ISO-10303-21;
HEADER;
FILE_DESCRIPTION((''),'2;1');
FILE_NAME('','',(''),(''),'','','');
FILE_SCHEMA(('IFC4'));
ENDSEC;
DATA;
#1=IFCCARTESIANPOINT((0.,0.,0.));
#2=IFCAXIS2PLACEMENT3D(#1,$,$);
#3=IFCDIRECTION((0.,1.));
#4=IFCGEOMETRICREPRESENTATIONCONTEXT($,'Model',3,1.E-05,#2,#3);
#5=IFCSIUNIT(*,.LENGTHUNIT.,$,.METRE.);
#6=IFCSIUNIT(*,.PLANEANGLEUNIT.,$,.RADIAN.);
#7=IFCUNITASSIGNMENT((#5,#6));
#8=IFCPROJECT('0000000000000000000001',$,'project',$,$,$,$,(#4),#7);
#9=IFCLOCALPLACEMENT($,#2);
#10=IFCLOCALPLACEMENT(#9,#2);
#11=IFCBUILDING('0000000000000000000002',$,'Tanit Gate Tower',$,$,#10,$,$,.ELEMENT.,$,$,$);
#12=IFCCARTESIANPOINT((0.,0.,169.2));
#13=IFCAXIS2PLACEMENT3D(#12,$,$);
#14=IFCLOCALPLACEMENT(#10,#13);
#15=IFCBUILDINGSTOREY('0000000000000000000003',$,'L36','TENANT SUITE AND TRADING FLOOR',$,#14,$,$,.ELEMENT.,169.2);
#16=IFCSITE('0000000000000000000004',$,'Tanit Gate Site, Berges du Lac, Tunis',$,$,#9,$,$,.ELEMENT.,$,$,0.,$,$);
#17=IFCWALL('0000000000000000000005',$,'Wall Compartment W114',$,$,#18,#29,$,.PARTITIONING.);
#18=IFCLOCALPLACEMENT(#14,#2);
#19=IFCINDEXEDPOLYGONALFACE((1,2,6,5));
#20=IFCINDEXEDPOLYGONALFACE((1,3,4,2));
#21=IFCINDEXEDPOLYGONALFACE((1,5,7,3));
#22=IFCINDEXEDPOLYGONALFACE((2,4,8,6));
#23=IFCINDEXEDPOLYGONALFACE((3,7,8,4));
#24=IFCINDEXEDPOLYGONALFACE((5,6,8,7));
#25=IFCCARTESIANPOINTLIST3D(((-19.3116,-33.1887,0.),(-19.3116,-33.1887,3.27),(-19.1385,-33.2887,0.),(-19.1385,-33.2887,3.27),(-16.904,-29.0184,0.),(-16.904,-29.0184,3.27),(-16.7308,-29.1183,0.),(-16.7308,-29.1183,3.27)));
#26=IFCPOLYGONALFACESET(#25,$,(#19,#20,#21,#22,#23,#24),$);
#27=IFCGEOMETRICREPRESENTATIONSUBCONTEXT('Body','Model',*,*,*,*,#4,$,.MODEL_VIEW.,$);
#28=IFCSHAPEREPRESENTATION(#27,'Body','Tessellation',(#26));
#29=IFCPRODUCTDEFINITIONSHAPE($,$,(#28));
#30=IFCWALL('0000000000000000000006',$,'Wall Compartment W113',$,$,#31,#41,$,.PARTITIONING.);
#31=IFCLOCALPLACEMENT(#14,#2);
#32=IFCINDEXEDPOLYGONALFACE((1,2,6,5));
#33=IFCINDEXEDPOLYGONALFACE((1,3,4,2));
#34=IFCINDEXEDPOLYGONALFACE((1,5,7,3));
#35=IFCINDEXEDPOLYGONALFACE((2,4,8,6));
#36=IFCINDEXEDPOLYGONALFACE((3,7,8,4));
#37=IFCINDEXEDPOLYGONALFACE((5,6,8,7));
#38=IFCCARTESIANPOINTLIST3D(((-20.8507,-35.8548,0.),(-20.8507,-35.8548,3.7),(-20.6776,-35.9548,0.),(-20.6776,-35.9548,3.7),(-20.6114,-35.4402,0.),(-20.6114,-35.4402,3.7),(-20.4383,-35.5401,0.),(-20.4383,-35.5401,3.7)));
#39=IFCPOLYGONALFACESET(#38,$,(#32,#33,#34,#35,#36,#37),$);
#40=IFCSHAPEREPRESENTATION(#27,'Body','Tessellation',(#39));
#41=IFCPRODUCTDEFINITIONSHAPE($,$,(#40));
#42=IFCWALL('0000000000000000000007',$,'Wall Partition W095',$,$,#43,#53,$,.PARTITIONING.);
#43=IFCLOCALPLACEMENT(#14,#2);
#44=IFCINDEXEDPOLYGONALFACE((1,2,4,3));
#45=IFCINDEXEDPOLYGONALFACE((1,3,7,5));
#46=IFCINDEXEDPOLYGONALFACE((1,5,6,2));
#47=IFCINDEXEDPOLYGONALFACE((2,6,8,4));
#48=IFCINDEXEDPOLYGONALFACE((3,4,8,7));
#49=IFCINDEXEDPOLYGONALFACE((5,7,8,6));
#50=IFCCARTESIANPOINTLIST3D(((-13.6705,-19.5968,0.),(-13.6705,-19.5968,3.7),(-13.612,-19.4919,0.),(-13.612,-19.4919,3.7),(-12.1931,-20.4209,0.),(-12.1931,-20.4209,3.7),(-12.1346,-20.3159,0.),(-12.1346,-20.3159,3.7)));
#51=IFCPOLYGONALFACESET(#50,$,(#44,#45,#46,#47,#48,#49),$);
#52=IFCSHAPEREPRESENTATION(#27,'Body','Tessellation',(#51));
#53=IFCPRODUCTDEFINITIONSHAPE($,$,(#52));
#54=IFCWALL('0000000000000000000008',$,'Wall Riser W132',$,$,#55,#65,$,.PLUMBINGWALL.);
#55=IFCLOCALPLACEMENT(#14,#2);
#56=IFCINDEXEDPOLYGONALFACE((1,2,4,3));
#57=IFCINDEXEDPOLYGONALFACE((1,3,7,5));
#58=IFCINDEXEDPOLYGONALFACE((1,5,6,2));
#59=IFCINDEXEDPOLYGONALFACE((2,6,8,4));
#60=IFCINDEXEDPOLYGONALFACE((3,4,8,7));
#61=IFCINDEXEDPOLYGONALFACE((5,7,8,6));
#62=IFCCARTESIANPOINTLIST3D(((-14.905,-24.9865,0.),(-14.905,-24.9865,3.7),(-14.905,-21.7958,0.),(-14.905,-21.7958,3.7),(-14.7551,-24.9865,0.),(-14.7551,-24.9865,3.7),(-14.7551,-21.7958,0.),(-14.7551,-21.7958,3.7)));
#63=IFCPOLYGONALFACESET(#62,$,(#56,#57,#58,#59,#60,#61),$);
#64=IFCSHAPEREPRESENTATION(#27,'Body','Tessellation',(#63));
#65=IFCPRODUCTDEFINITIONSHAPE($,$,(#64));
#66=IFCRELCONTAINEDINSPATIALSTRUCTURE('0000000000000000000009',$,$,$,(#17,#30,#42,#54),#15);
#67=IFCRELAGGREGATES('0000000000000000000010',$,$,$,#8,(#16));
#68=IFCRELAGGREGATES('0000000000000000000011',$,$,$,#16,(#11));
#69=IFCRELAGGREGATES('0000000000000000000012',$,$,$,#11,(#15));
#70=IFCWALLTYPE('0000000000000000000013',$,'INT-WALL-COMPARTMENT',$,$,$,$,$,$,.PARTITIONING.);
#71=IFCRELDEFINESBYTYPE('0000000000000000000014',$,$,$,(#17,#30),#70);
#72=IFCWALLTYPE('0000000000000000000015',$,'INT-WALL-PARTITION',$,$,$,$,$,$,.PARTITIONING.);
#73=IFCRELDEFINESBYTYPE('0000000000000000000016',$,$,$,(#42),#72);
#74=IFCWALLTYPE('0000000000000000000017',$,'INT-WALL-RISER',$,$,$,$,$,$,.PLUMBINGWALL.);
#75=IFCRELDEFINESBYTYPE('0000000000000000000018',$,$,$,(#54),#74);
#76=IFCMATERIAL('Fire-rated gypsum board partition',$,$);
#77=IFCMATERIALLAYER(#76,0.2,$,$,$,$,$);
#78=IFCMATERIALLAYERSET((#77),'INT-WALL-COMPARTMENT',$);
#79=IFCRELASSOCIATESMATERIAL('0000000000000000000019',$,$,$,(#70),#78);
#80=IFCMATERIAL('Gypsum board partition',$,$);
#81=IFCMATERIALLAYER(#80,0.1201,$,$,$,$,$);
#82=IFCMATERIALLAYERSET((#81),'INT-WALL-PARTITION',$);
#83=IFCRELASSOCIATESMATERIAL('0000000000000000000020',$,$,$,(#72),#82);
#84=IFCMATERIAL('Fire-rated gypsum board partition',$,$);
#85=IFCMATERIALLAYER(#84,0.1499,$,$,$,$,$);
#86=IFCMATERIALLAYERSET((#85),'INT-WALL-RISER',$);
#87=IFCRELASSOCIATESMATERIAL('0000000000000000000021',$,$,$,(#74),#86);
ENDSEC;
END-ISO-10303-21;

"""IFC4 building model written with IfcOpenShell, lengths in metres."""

from ifc_helpers import new_model, si_unit, direction, frame, frame_2d, origin, place, context, subcontext, project, spatial, rectangle, extrude, material, layer, layer_set, type_object, element, save


model = new_model("IFC4")

# Units and contexts
model_context = context("Model", 3, precision=1e-05, world=origin(), true_north=direction((0.0, 1.0)))
body_context = subcontext(model_context, "Body", "Model", "MODEL_VIEW")
ifc_project = project(units=[si_unit("LENGTHUNIT", "METRE"), si_unit("PLANEANGLEUNIT", "RADIAN")], contexts=[model_context])

# Site, building, storey
site_placement = place(None, origin())
site = spatial("IfcSite", under=ifc_project, at=site_placement, Name="Tanit Gate Site, Berges du Lac, Tunis", CompositionType="ELEMENT", RefElevation=0.0)
building_placement = place(site_placement, origin())
building = spatial("IfcBuilding", under=site, at=building_placement, Name="Tanit Gate Tower", CompositionType="ELEMENT")
storey_placement = place(building_placement, frame((0.0, 0.0, 169.2)))
storey = spatial("IfcBuildingStorey", under=building, at=storey_placement, Name="L36", Description="TENANT SUITE AND TRADING FLOOR", CompositionType="ELEMENT", Elevation=169.2)

# Walls
ifc_material_1 = material(Name="Fire-rated gypsum board partition")
ifc_layer_1 = layer(ifc_material_1, 0.2)
ifc_layer_set_1 = layer_set([ifc_layer_1], Name="INT-WALL-COMPARTMENT")
wall_type_1 = type_object("IfcWallType", Name="INT-WALL-COMPARTMENT", PredefinedType="PARTITIONING", material=ifc_layer_set_1)
wall_1_placement = place(storey_placement, frame((-16.8174, -29.0684, 0.0), z_axis=(0.0, 0.0, 1.0), x_axis=(-0.499989, -0.866032, 0.0)))
element("IfcWall", 1, at=wall_1_placement, inside=storey, type_object=wall_type_1, Name="Wall Compartment W114", PredefinedType="PARTITIONING", context=body_context, shape_type="SweptSolid", body=[
    extrude(rectangle(XDim=4.8154, YDim=0.2, at=frame_2d((2.4077, 0.0))), origin(), (0.0, 0.0, 1.0), 3.27),
])
wall_2_placement = place(storey_placement, frame((-20.5249, -35.4902, 0.0), z_axis=(0.0, 0.0, 1.0), x_axis=(-0.49987, -0.866101, 0.0)))
element("IfcWall", 2, at=wall_2_placement, inside=storey, type_object=wall_type_1, Name="Wall Compartment W113", PredefinedType="PARTITIONING", context=body_context, shape_type="SweptSolid", body=[
    extrude(rectangle(XDim=0.4788, YDim=0.2, at=frame_2d((0.2393, 0.0))), origin(), (0.0, 0.0, 1.0), 3.7),
])
ifc_material_2 = material(Name="Gypsum board partition")
ifc_layer_2 = layer(ifc_material_2, 0.1201)
ifc_layer_set_2 = layer_set([ifc_layer_2], Name="INT-WALL-PARTITION")
wall_type_2 = type_object("IfcWallType", Name="INT-WALL-PARTITION", PredefinedType="PARTITIONING", material=ifc_layer_set_2)
wall_3_placement = place(storey_placement, frame((-13.6411, -19.5444, 0.0), z_axis=(0.0, 0.0, 1.0), x_axis=(0.873339, -0.487113, 0.0)))
element("IfcWall", 3, at=wall_3_placement, inside=storey, type_object=wall_type_2, Name="Wall Partition W095", PredefinedType="PARTITIONING", context=body_context, shape_type="SweptSolid", body=[
    extrude(rectangle(XDim=1.6917, YDim=0.1201, at=frame_2d((0.8457, 0.0))), origin(), (0.0, 0.0, 1.0), 3.7),
])
ifc_material_3 = material(Name="Fire-rated gypsum board partition")
ifc_layer_3 = layer(ifc_material_3, 0.1499)
ifc_layer_set_3 = layer_set([ifc_layer_3], Name="INT-WALL-RISER")
wall_type_3 = type_object("IfcWallType", Name="INT-WALL-RISER", PredefinedType="PLUMBINGWALL", material=ifc_layer_set_3)
wall_4_placement = place(storey_placement, frame((-14.8301, -24.9863, 0.0), z_axis=(0.0, 0.0, 1.0), x_axis=(0.0, 1.0, 0.0)))
element("IfcWall", 4, at=wall_4_placement, inside=storey, type_object=wall_type_3, Name="Wall Riser W132", PredefinedType="PLUMBINGWALL", context=body_context, shape_type="SweptSolid", body=[
    extrude(rectangle(XDim=3.1907, YDim=0.1499, at=frame_2d((1.5952, 0.0))), origin(), (0.0, 0.0, 1.0), 3.7),
])

save(model, "model.ifc")
